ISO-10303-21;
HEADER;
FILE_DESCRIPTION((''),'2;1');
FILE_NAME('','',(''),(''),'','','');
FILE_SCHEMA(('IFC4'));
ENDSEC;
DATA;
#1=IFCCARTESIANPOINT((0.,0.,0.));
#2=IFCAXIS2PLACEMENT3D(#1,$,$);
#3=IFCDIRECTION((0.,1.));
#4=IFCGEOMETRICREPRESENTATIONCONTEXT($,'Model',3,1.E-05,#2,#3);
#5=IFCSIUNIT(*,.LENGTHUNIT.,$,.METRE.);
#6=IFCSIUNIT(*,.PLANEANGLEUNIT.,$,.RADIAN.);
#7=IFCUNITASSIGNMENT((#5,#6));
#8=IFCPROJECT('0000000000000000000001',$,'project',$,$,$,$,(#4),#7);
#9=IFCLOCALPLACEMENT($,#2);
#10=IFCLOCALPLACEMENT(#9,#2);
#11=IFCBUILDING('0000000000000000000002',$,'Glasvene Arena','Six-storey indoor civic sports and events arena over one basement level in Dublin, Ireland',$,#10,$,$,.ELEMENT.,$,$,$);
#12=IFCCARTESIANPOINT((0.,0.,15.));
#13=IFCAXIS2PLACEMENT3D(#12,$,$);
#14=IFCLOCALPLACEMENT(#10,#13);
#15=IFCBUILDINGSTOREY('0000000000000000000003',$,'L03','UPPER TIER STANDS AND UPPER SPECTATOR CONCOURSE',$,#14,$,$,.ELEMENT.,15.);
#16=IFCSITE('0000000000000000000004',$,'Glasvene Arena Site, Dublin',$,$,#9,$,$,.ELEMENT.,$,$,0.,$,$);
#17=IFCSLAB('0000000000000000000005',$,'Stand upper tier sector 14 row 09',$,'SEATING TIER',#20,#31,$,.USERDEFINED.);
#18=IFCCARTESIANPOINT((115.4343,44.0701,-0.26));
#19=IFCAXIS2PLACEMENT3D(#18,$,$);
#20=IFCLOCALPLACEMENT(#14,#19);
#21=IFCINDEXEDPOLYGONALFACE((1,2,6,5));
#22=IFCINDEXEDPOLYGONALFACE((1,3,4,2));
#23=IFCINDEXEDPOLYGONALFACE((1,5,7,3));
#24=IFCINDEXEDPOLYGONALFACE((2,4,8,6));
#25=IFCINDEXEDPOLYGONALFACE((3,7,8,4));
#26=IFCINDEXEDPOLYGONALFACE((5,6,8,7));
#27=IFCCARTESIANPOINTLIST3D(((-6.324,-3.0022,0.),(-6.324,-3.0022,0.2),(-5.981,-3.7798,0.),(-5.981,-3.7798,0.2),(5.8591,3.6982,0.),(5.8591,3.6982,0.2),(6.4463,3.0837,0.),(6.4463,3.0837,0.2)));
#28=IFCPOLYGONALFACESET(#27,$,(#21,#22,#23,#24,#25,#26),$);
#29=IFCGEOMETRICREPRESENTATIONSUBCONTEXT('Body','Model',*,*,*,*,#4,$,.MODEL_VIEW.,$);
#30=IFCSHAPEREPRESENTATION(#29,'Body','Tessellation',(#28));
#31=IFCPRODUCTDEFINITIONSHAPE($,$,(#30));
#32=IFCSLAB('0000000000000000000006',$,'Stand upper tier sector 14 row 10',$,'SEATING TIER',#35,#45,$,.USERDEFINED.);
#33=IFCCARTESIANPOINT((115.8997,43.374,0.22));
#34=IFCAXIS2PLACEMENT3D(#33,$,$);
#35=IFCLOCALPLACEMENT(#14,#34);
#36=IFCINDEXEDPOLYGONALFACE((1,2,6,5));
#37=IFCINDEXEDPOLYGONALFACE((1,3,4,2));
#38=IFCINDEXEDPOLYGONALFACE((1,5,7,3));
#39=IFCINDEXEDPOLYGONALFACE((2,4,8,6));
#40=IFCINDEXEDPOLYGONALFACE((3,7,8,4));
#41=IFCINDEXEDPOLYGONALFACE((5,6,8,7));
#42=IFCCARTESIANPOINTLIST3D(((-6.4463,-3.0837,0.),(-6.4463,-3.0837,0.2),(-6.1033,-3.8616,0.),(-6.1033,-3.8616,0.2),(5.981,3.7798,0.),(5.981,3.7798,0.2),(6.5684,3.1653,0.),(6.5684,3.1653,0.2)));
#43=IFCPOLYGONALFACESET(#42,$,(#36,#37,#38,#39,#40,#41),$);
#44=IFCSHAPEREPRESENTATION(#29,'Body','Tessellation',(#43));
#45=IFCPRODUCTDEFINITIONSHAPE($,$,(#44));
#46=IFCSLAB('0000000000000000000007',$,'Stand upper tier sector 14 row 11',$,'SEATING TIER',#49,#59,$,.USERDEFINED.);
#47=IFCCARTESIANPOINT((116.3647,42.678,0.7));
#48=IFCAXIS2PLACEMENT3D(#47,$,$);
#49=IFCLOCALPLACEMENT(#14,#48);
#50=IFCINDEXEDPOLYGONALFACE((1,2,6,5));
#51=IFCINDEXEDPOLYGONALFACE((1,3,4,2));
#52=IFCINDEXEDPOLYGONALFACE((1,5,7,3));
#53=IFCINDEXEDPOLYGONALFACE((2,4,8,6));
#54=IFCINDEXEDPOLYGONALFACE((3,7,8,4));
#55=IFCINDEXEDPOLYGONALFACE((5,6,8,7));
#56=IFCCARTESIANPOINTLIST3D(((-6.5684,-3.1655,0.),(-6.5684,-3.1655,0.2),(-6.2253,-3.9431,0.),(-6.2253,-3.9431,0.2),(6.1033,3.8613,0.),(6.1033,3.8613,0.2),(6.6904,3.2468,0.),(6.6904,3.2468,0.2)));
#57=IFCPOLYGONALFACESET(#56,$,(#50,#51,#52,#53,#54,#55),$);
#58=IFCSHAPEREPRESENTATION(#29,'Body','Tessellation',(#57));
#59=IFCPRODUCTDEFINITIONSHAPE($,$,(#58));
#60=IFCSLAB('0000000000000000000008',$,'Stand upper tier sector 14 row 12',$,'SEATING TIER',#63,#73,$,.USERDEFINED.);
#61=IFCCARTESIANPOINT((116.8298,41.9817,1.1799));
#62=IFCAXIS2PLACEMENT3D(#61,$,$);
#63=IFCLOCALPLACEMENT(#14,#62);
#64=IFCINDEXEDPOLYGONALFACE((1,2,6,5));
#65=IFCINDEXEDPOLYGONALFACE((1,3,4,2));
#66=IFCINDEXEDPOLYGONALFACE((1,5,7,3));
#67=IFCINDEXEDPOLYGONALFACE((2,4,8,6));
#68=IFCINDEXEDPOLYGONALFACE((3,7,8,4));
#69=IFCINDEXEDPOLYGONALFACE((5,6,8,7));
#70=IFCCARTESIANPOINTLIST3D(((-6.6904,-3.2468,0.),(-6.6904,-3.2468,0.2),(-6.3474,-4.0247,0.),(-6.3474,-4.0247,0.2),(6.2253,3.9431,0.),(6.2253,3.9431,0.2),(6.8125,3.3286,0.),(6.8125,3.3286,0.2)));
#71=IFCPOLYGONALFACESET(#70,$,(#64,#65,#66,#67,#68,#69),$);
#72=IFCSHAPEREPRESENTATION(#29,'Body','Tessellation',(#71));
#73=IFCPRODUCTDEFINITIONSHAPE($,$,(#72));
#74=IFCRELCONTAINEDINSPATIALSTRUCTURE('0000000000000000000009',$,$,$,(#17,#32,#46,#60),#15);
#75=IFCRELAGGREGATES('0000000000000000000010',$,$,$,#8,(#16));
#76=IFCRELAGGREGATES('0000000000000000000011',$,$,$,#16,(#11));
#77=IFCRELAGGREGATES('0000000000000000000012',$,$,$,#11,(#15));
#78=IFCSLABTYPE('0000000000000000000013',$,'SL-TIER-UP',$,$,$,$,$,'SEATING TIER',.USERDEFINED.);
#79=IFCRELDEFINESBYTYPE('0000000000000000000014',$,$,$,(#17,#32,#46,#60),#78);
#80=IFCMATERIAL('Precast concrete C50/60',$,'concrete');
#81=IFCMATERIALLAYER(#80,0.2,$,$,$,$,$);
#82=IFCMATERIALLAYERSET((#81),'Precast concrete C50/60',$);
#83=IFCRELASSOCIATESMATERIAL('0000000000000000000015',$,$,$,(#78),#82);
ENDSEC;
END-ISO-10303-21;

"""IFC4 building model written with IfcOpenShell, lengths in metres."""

from ifc_helpers import new_model, si_unit, direction, frame, origin, place, context, subcontext, project, spatial, polyline, outline, extrude, material, layer, layer_set, type_object, element, save


model = new_model("IFC4")

# Units and contexts
model_context = context("Model", 3, precision=1e-05, world=origin(), true_north=direction((0.0, 1.0)))
body_context = subcontext(model_context, "Body", "Model", "MODEL_VIEW")
ifc_project = project(units=[si_unit("LENGTHUNIT", "METRE"), si_unit("PLANEANGLEUNIT", "RADIAN")], contexts=[model_context])

# Site, building, storey
site_placement = place(None, origin())
site = spatial("IfcSite", under=ifc_project, at=site_placement, Name="Glasvene Arena Site, Dublin", CompositionType="ELEMENT", RefElevation=0.0)
building_placement = place(site_placement, origin())
building = spatial("IfcBuilding", under=site, at=building_placement, Name="Glasvene Arena", Description="Six-storey indoor civic sports and events arena over one basement level in Dublin, Ireland", CompositionType="ELEMENT")
storey_placement = place(building_placement, frame((0.0, 0.0, 15.0)))
storey = spatial("IfcBuildingStorey", under=building, at=storey_placement, Name="L03", Description="UPPER TIER STANDS AND UPPER SPECTATOR CONCOURSE", CompositionType="ELEMENT", Elevation=15.0)

# Shared definitions
ifc_material_1 = material(Name="Precast concrete C50/60", Category="concrete")

# Slabs
ifc_layer_1 = layer(ifc_material_1, 0.2)
ifc_layer_set_1 = layer_set([ifc_layer_1], Name="Precast concrete C50/60")
slab_type = type_object("IfcSlabType", Name="SL-TIER-UP", ElementType="SEATING TIER", PredefinedType="USERDEFINED", material=ifc_layer_set_1)
slab_1_placement = place(storey_placement, frame((115.4343, 44.0701, -0.26)))
element("IfcSlab", 1, at=slab_1_placement, inside=storey, type_object=slab_type, Name="Stand upper tier sector 14 row 09", ObjectType="SEATING TIER", PredefinedType="USERDEFINED", context=body_context, shape_type="SweptSolid", body=[
    extrude(outline(polyline([(-6.324, -3.0022), (5.8591, 3.6982), (6.4463, 3.0837), (-5.981, -3.7798), (-6.324, -3.0022)])), origin(), (0.0, 0.0, 1.0), 0.2),
])
slab_2_placement = place(storey_placement, frame((115.8997, 43.374, 0.22)))
element("IfcSlab", 2, at=slab_2_placement, inside=storey, type_object=slab_type, Name="Stand upper tier sector 14 row 10", ObjectType="SEATING TIER", PredefinedType="USERDEFINED", context=body_context, shape_type="SweptSolid", body=[
    extrude(outline(polyline([(-6.4463, -3.0837), (5.981, 3.7798), (6.5684, 3.1653), (-6.1033, -3.8616), (-6.4463, -3.0837)])), origin(), (0.0, 0.0, 1.0), 0.2),
])
slab_3_placement = place(storey_placement, frame((116.3647, 42.678, 0.7)))
element("IfcSlab", 3, at=slab_3_placement, inside=storey, type_object=slab_type, Name="Stand upper tier sector 14 row 11", ObjectType="SEATING TIER", PredefinedType="USERDEFINED", context=body_context, shape_type="SweptSolid", body=[
    extrude(outline(polyline([(-6.5684, -3.1655), (6.1033, 3.8613), (6.6904, 3.2468), (-6.2253, -3.9431), (-6.5684, -3.1655)])), origin(), (0.0, 0.0, 1.0), 0.2),
])
slab_4_placement = place(storey_placement, frame((116.8298, 41.9817, 1.1799)))
element("IfcSlab", 4, at=slab_4_placement, inside=storey, type_object=slab_type, Name="Stand upper tier sector 14 row 12", ObjectType="SEATING TIER", PredefinedType="USERDEFINED", context=body_context, shape_type="SweptSolid", body=[
    extrude(outline(polyline([(-6.6904, -3.2468), (6.2253, 3.9431), (6.8125, 3.3286), (-6.3474, -4.0247), (-6.6904, -3.2468)])), origin(), (0.0, 0.0, 1.0), 0.2),
])

save(model, "model.ifc")
